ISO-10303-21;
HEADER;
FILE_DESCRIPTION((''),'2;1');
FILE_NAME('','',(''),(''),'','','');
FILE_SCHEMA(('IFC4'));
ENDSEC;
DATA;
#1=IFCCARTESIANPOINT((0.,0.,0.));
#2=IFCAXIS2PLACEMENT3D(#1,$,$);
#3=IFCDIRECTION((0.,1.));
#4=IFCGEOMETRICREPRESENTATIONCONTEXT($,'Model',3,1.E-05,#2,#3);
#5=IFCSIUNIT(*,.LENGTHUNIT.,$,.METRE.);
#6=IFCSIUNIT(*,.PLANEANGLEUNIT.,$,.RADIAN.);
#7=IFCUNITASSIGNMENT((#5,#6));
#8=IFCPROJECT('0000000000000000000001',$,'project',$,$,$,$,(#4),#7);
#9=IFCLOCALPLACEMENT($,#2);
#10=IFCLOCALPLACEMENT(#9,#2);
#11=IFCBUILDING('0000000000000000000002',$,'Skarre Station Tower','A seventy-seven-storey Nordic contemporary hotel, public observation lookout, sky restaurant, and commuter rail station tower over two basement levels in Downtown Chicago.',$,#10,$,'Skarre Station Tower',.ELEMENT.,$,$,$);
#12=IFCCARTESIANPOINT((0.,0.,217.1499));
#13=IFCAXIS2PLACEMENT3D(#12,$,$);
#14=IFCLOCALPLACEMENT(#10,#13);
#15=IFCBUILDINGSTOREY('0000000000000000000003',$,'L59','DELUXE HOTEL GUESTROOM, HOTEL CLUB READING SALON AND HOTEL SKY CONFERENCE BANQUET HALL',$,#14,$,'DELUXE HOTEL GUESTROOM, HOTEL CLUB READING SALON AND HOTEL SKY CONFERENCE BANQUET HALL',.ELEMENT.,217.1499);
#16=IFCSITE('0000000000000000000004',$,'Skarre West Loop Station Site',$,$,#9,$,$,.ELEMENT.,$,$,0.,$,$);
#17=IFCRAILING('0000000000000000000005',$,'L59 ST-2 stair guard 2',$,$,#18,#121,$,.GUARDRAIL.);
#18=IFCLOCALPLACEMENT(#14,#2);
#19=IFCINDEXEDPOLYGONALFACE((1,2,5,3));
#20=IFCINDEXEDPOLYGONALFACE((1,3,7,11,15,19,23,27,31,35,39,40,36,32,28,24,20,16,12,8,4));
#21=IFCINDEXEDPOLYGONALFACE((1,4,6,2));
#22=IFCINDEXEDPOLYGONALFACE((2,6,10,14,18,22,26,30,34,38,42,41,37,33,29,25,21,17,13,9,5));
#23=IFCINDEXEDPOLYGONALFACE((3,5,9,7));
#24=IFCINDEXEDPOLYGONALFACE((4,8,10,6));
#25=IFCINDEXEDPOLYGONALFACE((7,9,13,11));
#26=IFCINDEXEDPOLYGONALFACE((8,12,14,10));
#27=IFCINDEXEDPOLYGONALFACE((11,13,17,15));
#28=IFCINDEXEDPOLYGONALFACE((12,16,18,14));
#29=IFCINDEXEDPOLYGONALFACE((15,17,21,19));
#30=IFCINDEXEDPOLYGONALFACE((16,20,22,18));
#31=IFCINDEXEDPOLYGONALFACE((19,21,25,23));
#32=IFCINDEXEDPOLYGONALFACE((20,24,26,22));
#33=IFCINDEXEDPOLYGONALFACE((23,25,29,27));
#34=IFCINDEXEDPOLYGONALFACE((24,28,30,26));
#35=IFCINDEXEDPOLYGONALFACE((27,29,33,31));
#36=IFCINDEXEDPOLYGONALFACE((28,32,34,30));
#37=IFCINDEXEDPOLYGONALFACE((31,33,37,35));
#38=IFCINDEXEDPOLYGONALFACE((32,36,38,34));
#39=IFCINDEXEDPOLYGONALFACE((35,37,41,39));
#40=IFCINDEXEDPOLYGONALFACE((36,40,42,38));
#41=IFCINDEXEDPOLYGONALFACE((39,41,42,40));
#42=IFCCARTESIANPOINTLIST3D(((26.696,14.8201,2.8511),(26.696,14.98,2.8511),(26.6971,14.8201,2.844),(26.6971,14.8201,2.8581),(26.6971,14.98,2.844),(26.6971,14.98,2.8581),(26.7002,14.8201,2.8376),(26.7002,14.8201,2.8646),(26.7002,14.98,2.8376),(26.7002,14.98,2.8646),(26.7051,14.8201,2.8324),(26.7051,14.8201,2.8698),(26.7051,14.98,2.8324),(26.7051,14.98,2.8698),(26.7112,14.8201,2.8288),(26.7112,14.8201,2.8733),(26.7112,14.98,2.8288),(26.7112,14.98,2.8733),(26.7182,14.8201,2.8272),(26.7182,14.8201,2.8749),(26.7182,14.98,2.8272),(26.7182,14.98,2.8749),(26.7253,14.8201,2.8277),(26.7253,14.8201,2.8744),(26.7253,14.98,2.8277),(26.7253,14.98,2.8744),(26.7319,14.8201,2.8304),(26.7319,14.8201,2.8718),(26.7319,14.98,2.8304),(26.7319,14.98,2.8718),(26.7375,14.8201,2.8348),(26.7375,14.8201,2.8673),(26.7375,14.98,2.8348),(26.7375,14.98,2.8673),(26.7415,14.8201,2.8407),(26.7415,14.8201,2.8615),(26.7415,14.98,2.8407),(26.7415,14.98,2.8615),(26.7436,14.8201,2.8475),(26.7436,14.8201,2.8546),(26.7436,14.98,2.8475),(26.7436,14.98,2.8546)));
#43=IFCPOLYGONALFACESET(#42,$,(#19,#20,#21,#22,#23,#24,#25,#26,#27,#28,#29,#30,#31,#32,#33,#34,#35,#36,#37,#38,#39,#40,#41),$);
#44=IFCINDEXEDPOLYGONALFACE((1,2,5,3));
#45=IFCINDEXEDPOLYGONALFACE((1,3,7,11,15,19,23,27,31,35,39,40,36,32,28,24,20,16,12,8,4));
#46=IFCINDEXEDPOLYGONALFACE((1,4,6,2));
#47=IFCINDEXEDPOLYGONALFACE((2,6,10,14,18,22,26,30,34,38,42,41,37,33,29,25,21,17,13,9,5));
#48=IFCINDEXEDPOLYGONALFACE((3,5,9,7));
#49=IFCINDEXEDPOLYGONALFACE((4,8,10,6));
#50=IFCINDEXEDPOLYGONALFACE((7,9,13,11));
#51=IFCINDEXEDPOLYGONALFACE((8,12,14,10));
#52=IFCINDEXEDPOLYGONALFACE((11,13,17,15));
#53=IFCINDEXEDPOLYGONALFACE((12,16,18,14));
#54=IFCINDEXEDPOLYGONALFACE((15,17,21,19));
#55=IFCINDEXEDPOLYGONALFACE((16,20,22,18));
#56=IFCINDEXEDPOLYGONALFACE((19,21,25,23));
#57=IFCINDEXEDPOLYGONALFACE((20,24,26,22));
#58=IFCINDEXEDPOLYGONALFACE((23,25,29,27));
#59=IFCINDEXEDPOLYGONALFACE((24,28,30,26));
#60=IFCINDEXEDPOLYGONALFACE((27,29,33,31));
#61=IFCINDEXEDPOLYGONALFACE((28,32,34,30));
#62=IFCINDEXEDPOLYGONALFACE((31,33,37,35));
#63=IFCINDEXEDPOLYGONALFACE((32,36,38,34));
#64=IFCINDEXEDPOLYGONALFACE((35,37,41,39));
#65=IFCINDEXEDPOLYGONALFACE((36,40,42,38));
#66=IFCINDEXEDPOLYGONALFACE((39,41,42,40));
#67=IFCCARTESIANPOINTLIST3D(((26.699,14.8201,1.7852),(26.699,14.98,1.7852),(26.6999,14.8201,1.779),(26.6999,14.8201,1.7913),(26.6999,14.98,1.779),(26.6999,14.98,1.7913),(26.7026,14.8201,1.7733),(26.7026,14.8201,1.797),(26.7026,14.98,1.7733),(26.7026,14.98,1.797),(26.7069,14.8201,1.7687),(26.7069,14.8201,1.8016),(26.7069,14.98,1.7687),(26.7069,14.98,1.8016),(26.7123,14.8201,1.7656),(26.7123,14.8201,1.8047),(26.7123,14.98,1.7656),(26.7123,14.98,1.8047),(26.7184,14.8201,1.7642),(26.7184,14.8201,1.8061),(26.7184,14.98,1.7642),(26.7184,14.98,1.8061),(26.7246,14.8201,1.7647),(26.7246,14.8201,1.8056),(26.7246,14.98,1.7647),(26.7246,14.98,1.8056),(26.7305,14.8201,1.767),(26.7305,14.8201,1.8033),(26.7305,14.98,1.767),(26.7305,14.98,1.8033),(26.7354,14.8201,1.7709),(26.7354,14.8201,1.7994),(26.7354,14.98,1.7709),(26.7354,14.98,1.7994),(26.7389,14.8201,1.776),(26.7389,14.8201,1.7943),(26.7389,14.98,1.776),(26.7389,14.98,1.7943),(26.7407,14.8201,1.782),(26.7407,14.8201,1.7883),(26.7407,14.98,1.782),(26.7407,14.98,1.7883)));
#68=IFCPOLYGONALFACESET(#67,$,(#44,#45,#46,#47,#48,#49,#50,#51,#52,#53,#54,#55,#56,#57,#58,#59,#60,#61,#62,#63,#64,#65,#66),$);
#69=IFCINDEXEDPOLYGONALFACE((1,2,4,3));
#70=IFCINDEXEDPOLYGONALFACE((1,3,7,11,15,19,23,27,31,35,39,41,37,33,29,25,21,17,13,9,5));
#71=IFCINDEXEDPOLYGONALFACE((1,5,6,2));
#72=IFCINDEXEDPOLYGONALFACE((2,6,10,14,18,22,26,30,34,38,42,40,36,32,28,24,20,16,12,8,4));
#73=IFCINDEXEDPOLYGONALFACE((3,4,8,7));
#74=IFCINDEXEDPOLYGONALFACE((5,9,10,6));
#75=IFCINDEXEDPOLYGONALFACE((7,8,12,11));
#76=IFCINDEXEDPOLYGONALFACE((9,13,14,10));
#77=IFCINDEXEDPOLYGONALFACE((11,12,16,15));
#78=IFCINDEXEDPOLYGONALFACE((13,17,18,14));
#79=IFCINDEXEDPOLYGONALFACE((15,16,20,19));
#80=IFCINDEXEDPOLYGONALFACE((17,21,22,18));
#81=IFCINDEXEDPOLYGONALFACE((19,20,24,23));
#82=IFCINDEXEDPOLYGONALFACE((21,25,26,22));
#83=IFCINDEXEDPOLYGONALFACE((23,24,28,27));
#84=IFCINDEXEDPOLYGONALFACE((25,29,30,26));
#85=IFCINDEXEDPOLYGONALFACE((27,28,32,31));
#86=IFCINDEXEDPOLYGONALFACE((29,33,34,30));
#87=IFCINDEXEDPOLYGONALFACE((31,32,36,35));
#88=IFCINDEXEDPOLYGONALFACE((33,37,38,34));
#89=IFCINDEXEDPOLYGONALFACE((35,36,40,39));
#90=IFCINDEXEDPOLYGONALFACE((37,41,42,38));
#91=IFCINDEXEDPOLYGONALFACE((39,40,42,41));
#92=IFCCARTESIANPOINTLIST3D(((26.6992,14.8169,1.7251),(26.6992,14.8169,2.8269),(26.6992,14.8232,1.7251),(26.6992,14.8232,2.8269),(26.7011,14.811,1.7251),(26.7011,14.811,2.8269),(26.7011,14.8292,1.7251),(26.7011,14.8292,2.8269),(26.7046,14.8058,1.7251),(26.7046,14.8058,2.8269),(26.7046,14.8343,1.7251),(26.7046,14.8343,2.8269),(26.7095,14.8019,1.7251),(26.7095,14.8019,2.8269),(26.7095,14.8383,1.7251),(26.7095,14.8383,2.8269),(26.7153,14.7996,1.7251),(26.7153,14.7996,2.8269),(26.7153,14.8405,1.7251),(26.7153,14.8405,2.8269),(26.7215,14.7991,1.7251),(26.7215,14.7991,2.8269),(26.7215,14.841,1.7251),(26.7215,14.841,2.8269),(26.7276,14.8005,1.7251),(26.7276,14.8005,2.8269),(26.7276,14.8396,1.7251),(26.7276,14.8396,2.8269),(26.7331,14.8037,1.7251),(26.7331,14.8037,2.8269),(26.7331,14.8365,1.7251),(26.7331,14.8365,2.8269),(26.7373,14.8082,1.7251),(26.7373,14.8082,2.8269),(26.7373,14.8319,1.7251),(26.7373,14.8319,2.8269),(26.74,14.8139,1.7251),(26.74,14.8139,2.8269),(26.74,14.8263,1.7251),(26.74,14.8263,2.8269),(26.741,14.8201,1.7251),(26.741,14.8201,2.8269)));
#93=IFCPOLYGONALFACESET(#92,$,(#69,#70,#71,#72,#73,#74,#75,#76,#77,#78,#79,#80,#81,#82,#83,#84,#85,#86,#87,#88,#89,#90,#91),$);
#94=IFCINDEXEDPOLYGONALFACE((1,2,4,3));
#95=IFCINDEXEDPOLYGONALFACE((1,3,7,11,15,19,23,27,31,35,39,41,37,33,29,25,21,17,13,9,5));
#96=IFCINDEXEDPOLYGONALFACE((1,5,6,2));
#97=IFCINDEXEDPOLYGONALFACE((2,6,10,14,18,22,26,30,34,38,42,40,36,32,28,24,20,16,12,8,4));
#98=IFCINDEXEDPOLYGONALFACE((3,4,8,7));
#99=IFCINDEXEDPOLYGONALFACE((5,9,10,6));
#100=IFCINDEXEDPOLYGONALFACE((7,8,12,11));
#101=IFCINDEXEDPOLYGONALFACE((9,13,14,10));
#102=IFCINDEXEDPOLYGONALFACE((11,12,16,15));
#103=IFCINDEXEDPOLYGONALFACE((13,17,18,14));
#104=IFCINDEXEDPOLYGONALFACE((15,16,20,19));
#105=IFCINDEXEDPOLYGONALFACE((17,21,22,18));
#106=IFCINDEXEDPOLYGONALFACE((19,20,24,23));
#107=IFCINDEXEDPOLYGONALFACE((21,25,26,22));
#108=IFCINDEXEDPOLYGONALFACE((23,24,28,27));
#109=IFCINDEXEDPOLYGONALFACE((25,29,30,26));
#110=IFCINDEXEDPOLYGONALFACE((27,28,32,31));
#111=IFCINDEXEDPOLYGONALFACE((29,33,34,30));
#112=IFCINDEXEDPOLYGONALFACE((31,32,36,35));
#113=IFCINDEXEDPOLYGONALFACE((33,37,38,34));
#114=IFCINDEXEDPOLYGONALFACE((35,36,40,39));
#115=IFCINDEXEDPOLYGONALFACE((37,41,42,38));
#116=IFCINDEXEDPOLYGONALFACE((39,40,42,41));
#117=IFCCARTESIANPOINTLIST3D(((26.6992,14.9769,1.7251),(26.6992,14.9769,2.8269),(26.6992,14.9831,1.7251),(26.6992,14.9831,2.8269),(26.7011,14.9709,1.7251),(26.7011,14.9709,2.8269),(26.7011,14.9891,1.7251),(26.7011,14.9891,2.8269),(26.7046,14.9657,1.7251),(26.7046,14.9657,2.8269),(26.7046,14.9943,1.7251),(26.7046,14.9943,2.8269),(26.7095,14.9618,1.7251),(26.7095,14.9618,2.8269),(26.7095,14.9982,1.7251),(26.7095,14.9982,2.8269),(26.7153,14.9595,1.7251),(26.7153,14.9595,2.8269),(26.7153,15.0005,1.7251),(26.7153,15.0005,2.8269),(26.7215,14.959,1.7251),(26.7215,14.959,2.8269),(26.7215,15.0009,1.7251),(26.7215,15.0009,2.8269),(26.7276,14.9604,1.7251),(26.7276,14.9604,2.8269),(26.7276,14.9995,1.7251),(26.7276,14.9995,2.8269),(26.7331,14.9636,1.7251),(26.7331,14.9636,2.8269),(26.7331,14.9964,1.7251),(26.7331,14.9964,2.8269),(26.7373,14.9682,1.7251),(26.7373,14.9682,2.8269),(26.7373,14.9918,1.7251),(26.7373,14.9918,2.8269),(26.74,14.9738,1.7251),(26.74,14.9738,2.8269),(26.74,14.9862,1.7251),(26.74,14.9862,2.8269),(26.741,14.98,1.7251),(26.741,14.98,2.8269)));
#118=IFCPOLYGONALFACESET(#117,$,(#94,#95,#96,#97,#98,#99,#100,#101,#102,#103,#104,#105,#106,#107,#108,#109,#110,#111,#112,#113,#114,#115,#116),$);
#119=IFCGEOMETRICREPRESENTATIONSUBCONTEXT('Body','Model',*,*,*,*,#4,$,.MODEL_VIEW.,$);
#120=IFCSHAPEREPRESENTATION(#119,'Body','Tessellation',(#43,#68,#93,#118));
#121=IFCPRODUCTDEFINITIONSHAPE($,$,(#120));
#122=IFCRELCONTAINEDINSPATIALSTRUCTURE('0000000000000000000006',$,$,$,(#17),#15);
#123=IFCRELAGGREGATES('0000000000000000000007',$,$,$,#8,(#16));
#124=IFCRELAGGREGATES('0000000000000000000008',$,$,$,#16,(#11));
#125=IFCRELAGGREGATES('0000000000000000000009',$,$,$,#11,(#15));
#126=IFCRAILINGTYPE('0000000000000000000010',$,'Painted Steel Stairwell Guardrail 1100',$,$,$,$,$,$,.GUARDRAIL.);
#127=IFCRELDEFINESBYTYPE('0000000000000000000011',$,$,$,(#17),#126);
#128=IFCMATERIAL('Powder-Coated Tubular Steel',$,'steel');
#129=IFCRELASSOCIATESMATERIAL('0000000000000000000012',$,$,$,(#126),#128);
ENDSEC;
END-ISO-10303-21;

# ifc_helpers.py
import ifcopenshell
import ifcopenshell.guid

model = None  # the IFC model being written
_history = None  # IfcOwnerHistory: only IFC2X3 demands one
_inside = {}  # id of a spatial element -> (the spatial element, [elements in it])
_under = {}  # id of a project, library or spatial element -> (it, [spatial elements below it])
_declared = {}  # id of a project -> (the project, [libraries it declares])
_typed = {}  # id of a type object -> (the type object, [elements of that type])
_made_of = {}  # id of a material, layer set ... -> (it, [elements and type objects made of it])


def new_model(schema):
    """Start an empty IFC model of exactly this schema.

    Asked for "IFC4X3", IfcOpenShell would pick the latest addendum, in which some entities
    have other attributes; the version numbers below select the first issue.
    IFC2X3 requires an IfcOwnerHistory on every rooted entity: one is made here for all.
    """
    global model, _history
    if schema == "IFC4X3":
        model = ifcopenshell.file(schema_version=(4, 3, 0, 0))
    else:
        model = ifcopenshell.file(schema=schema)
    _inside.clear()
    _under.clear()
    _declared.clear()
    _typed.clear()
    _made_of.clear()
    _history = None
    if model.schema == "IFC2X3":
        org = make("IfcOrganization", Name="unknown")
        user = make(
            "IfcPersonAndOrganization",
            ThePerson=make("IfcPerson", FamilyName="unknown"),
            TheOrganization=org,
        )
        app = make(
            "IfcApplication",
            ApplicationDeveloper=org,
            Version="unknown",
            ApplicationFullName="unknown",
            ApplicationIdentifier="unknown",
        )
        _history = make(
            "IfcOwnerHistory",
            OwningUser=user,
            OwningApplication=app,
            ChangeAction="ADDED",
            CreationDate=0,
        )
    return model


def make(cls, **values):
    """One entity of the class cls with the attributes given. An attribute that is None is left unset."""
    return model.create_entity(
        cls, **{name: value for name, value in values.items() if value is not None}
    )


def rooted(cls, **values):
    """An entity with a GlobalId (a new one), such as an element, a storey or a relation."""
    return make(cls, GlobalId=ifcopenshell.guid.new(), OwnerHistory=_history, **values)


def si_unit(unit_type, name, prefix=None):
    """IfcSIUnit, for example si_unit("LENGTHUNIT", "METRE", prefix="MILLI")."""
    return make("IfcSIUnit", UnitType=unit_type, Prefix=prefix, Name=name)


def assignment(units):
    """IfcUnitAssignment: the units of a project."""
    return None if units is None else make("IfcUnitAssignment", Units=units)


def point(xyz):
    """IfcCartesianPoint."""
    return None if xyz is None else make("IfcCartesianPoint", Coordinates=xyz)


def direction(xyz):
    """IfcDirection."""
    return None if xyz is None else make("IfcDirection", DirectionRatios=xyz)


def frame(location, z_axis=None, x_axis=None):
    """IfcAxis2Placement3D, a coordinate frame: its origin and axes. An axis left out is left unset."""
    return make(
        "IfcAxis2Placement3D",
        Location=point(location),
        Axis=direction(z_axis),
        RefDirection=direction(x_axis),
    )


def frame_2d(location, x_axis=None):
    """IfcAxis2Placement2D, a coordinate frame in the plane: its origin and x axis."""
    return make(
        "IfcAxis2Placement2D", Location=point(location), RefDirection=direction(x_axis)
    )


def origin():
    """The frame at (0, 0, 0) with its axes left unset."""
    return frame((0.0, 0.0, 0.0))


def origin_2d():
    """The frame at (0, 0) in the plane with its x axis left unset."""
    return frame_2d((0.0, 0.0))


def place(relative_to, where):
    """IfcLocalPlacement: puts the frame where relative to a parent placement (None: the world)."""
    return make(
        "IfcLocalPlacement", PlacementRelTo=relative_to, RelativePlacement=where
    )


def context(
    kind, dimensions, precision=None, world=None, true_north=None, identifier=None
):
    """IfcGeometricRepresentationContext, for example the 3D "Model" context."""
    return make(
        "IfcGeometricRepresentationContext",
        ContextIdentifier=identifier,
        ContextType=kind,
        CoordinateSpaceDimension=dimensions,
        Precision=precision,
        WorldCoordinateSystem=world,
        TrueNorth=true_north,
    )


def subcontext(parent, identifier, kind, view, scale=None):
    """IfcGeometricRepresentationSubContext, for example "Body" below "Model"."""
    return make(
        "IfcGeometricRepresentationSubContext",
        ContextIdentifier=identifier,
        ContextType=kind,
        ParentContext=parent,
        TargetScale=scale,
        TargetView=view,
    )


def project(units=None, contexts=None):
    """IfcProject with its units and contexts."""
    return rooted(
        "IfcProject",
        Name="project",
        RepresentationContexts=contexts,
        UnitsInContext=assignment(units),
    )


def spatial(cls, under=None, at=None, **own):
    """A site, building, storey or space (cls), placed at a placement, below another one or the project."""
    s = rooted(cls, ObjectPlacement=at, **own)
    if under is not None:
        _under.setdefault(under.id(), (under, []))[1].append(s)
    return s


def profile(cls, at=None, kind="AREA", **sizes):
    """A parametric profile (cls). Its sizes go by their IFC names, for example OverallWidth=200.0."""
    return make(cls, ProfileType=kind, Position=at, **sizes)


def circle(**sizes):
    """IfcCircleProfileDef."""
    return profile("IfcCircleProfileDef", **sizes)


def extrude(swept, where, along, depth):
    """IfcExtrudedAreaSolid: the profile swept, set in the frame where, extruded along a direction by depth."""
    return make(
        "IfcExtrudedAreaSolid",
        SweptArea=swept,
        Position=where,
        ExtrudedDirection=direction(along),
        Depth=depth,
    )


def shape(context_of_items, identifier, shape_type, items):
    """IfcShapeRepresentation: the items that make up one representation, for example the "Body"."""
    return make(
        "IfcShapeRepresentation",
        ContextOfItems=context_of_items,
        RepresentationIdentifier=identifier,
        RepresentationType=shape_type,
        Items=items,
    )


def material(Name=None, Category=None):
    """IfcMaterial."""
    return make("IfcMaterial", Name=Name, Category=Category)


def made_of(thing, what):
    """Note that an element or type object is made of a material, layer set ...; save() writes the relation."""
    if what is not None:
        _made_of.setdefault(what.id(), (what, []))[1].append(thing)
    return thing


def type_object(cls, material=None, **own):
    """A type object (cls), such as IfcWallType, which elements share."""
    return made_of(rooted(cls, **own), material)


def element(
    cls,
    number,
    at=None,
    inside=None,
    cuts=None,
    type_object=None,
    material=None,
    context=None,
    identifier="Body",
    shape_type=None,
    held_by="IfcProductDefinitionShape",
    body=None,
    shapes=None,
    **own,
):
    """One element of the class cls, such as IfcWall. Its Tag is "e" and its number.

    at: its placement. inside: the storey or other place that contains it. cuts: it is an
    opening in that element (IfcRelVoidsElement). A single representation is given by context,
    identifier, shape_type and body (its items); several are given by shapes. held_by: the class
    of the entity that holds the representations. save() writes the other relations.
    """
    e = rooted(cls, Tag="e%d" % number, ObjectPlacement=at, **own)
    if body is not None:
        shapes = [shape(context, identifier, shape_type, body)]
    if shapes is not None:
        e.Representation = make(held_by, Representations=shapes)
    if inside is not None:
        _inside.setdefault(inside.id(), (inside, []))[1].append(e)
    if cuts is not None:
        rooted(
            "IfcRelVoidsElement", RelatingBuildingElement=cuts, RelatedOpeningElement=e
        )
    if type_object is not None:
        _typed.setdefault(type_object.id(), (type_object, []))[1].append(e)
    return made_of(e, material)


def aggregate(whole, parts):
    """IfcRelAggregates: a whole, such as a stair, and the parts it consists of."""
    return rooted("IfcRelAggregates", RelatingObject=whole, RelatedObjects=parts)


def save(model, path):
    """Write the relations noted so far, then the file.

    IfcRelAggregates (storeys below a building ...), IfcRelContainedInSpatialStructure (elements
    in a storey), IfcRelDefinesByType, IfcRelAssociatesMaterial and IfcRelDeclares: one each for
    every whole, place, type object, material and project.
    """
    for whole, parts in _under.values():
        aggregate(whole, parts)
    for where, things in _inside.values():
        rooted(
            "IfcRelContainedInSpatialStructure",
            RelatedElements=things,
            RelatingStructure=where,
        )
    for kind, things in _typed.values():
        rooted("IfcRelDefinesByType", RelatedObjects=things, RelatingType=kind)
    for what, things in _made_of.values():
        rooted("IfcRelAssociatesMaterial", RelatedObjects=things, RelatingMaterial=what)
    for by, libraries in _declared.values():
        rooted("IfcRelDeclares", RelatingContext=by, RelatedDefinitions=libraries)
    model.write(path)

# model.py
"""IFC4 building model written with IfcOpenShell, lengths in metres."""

from ifc_helpers import new_model, si_unit, direction, frame, origin, origin_2d, place, context, subcontext, project, spatial, circle, extrude, material, type_object, element, save


model = new_model("IFC4")

# Units and contexts
model_context = context("Model", 3, precision=1e-05, world=origin(), true_north=direction((0.0, 1.0)))
body_context = subcontext(model_context, "Body", "Model", "MODEL_VIEW")
ifc_project = project(units=[si_unit("LENGTHUNIT", "METRE"), si_unit("PLANEANGLEUNIT", "RADIAN")], contexts=[model_context])

# Site, building, storey
site_placement = place(None, origin())
site = spatial("IfcSite", under=ifc_project, at=site_placement, Name="Skarre West Loop Station Site", CompositionType="ELEMENT", RefElevation=0.0)
building_placement = place(site_placement, origin())
building = spatial("IfcBuilding", under=site, at=building_placement, Name="Skarre Station Tower", Description="A seventy-seven-storey Nordic contemporary hotel, public observation lookout, sky restaurant, and commuter rail station tower over two basement levels in Downtown Chicago.", LongName="Skarre Station Tower", CompositionType="ELEMENT")
storey_placement = place(building_placement, frame((0.0, 0.0, 217.1499)))
storey = spatial("IfcBuildingStorey", under=building, at=storey_placement, Name="L59", Description="DELUXE HOTEL GUESTROOM, HOTEL CLUB READING SALON AND HOTEL SKY CONFERENCE BANQUET HALL", LongName="DELUXE HOTEL GUESTROOM, HOTEL CLUB READING SALON AND HOTEL SKY CONFERENCE BANQUET HALL", CompositionType="ELEMENT", Elevation=217.1499)

# Railing
ifc_material_1 = material(Name="Powder-Coated Tubular Steel", Category="steel")
railing_type_1 = type_object("IfcRailingType", Name="Painted Steel Stairwell Guardrail 1100", PredefinedType="GUARDRAIL", material=ifc_material_1)
railing_1_placement = place(storey_placement, frame((26.72, 14.8201, 1.7251)))
element("IfcRailing", 1, at=railing_1_placement, inside=storey, type_object=railing_type_1, Name="L59 ST-2 stair guard 2", PredefinedType="GUARDRAIL", context=body_context, shape_type="SweptSolid", body=[
    extrude(circle(Radius=0.0239, at=origin_2d()), frame((0.0, 0.0, 1.126), z_axis=(0.0, 1.0, 0.0), x_axis=(-1.0, 0.0, 0.0)), (0.0, 0.0, 1.0), 0.1599),
    extrude(circle(Radius=0.021, at=origin_2d()), frame((0.0, 0.0, 0.0601), z_axis=(0.0, 1.0, 0.0), x_axis=(-1.0, 0.0, 0.0)), (0.0, 0.0, 1.0), 0.1599),
    extrude(circle(Radius=0.021, at=origin_2d()), origin(), (0.0, 0.0, 1.0), 1.1018),
    extrude(circle(Radius=0.021, at=origin_2d()), frame((0.0, 0.1599, 0.0)), (0.0, 0.0, 1.0), 1.1018),
])

save(model, "model.ifc")
